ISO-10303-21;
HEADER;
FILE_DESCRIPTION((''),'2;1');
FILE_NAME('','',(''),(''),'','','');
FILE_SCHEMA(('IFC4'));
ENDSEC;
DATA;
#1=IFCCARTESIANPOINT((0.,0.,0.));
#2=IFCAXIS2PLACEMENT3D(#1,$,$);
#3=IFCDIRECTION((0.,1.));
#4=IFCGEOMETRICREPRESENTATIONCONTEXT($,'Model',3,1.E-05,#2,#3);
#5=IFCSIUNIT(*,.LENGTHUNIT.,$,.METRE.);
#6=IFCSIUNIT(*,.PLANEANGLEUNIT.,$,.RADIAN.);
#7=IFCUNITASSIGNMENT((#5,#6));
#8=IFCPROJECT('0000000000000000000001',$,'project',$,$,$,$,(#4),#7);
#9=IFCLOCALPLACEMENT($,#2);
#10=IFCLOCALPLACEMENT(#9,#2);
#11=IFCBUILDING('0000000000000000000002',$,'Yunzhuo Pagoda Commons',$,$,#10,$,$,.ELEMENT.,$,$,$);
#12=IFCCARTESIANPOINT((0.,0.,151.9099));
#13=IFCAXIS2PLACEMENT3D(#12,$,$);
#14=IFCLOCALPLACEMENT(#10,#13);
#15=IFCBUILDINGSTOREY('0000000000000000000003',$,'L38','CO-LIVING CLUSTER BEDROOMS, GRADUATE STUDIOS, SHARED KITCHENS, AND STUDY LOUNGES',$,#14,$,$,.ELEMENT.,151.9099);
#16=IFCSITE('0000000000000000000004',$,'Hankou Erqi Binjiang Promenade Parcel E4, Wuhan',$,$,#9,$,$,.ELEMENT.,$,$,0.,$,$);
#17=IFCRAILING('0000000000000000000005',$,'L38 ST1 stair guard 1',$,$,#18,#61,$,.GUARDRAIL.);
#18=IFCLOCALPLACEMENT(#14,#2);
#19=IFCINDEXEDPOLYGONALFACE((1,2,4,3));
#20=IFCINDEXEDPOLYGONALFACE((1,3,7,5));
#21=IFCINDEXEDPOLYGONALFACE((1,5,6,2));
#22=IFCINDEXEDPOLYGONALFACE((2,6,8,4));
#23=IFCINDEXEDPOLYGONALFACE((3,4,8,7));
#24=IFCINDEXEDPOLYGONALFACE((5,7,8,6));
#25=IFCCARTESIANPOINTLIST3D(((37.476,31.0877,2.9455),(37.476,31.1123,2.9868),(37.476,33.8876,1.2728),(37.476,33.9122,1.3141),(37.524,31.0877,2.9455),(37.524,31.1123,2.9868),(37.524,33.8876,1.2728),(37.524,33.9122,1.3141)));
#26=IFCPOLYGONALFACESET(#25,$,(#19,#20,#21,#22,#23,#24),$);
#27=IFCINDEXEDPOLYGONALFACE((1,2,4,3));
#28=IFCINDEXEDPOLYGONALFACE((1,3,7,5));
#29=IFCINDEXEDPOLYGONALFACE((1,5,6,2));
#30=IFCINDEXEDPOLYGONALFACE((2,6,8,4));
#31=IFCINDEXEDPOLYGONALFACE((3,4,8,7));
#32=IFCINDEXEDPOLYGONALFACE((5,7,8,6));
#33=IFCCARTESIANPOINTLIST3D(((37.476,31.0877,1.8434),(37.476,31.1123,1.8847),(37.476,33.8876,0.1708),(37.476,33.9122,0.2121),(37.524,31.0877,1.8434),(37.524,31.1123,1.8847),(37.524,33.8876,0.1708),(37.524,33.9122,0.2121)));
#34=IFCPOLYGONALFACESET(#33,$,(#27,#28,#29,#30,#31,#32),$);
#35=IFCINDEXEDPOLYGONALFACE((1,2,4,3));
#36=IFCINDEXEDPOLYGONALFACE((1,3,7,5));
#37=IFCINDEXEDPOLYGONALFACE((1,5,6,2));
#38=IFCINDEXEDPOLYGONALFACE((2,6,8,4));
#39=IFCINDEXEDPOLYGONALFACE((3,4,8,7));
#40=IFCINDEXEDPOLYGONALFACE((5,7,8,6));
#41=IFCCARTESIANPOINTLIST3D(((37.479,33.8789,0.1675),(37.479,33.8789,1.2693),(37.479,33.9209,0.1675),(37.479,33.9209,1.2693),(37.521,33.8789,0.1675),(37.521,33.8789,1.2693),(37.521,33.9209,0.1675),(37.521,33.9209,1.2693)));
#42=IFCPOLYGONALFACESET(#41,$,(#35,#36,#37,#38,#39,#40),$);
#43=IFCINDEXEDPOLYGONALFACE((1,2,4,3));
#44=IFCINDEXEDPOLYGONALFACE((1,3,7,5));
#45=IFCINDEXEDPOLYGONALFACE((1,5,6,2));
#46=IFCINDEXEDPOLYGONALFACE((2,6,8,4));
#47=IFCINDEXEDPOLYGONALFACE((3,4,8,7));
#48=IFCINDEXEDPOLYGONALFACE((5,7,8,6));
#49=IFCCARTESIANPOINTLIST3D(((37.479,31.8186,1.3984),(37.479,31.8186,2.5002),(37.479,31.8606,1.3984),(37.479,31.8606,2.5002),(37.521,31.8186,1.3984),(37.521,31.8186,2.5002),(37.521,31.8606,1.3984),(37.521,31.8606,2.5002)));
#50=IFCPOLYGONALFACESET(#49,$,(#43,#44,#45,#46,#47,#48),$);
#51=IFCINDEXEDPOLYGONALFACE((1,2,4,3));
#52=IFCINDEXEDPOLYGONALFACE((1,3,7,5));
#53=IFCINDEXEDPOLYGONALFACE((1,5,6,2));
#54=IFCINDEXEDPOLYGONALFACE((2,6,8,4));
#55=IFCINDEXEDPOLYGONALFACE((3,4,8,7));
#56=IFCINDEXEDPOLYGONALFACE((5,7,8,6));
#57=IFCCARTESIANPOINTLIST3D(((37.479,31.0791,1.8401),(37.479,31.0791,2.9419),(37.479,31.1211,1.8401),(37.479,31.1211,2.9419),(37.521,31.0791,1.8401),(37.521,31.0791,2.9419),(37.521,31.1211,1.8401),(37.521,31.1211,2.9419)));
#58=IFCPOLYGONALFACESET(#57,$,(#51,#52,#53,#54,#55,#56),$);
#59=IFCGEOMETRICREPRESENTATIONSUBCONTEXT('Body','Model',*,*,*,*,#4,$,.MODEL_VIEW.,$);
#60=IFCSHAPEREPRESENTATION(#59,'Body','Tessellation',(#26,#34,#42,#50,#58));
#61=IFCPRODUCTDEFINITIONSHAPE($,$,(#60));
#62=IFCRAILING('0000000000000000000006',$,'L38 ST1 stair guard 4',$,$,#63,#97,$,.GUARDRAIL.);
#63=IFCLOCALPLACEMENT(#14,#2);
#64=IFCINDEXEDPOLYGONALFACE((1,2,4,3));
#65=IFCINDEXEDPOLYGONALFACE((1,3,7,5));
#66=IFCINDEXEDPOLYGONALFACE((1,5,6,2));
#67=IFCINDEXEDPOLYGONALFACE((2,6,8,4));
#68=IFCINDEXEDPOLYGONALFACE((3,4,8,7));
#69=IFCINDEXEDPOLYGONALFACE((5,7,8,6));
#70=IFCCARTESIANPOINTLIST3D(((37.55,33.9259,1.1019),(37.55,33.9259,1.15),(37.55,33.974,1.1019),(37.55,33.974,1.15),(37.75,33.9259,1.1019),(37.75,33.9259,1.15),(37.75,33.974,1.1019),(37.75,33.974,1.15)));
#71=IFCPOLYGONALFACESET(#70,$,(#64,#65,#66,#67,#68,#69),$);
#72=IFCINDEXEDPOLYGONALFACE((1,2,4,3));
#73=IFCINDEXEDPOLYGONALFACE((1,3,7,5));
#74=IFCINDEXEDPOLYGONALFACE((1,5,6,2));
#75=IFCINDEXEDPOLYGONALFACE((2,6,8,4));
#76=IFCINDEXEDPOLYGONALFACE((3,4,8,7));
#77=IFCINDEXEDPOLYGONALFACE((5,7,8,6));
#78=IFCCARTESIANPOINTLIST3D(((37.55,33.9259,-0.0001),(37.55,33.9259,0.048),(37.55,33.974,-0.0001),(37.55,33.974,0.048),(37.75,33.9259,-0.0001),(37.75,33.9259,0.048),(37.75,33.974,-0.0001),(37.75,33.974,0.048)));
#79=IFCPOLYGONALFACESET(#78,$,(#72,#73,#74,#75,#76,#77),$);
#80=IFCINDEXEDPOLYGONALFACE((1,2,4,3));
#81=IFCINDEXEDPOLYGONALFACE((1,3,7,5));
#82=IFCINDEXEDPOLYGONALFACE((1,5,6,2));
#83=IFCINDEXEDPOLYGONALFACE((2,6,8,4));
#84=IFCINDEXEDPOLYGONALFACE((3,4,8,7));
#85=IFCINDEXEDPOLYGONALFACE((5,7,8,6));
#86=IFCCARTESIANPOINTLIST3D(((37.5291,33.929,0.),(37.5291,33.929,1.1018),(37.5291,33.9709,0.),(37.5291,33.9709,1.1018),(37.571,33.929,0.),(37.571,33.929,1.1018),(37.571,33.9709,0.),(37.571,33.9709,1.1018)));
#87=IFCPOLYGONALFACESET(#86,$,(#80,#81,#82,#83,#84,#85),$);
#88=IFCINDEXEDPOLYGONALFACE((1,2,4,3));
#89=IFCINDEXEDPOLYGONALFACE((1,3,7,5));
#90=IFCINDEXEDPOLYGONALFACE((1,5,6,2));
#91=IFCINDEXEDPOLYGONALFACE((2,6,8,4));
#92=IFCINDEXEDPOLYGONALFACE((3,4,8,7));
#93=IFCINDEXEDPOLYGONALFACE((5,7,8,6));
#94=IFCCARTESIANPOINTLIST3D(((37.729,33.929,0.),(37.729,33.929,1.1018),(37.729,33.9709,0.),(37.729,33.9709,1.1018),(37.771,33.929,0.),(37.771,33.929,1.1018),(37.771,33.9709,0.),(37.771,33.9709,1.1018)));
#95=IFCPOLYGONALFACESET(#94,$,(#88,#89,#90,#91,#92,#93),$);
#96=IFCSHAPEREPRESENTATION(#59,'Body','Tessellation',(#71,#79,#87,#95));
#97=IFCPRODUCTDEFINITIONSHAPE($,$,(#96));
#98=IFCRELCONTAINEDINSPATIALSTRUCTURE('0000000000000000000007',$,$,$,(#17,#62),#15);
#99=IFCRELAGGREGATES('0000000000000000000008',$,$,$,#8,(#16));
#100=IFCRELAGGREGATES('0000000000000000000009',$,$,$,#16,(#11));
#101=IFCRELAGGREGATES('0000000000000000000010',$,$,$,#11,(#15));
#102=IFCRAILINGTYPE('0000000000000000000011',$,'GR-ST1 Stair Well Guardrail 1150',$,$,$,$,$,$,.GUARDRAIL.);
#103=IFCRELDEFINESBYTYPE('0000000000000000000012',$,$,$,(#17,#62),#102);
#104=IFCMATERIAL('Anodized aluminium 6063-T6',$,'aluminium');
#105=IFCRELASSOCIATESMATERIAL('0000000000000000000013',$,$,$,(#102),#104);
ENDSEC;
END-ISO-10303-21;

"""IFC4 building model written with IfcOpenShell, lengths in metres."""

from ifc_helpers import new_model, si_unit, direction, frame, origin, origin_2d, place, context, subcontext, project, spatial, rectangle, extrude, material, type_object, element, save


model = new_model("IFC4")

# Units and contexts
model_context = context("Model", 3, precision=1e-05, world=origin(), true_north=direction((0.0, 1.0)))
body_context = subcontext(model_context, "Body", "Model", "MODEL_VIEW")
ifc_project = project(units=[si_unit("LENGTHUNIT", "METRE"), si_unit("PLANEANGLEUNIT", "RADIAN")], contexts=[model_context])

# Site, building, storey
site_placement = place(None, origin())
site = spatial("IfcSite", under=ifc_project, at=site_placement, Name="Hankou Erqi Binjiang Promenade Parcel E4, Wuhan", CompositionType="ELEMENT", RefElevation=0.0)
building_placement = place(site_placement, origin())
building = spatial("IfcBuilding", under=site, at=building_placement, Name="Yunzhuo Pagoda Commons", CompositionType="ELEMENT")
storey_placement = place(building_placement, frame((0.0, 0.0, 151.9099)))
storey = spatial("IfcBuildingStorey", under=building, at=storey_placement, Name="L38", Description="CO-LIVING CLUSTER BEDROOMS, GRADUATE STUDIOS, SHARED KITCHENS, AND STUDY LOUNGES", CompositionType="ELEMENT", Elevation=151.9099)

# Railings
ifc_material_1 = material(Name="Anodized aluminium 6063-T6", Category="aluminium")
railing_type = type_object("IfcRailingType", Name="GR-ST1 Stair Well Guardrail 1150", PredefinedType="GUARDRAIL", material=ifc_material_1)
railing_1_placement = place(storey_placement, frame((37.5, 33.8999, 0.1675)))
element("IfcRailing", 1, at=railing_1_placement, inside=storey, type_object=railing_type, Name="L38 ST1 stair guard 1", PredefinedType="GUARDRAIL", context=body_context, shape_type="SweptSolid", body=[
    extrude(rectangle(XDim=0.0481, YDim=0.0481, at=origin_2d()), frame((0.0, 0.0, 1.126), z_axis=(0.0, -0.858476, 0.512855), x_axis=(1.0, 0.0, 0.0)), (0.0, 0.0, 1.0), 3.2615),
    extrude(rectangle(XDim=0.0481, YDim=0.0481, at=origin_2d()), frame((0.0, 0.0, 0.0239), z_axis=(0.0, -0.858476, 0.512855), x_axis=(1.0, 0.0, 0.0)), (0.0, 0.0, 1.0), 3.2615),
    extrude(rectangle(XDim=0.042, YDim=0.042, at=origin_2d()), origin(), (0.0, 0.0, 1.0), 1.1018),
    extrude(rectangle(XDim=0.042, YDim=0.042, at=origin_2d()), frame((0.0, -2.0603, 1.231)), (0.0, 0.0, 1.0), 1.1018),
    extrude(rectangle(XDim=0.042, YDim=0.042, at=origin_2d()), frame((0.0, -2.7998, 1.6726)), (0.0, 0.0, 1.0), 1.1018),
])
railing_2_placement = place(storey_placement, frame((37.55, 33.95, 0.0)))
element("IfcRailing", 2, at=railing_2_placement, inside=storey, type_object=railing_type, Name="L38 ST1 stair guard 4", PredefinedType="GUARDRAIL", context=body_context, shape_type="SweptSolid", body=[
    extrude(rectangle(XDim=0.0481, YDim=0.0481, at=origin_2d()), frame((0.0, 0.0, 1.126), z_axis=(1.0, 0.0, 0.0), x_axis=(0.0, 1.0, 0.0)), (0.0, 0.0, 1.0), 0.2),
    extrude(rectangle(XDim=0.0481, YDim=0.0481, at=origin_2d()), frame((0.0, 0.0, 0.0239), z_axis=(1.0, 0.0, 0.0), x_axis=(0.0, 1.0, 0.0)), (0.0, 0.0, 1.0), 0.2),
    extrude(rectangle(XDim=0.042, YDim=0.042, at=origin_2d()), origin(), (0.0, 0.0, 1.0), 1.1018),
    extrude(rectangle(XDim=0.042, YDim=0.042, at=origin_2d()), frame((0.2, 0.0, 0.0)), (0.0, 0.0, 1.0), 1.1018),
])

save(model, "model.ifc")
